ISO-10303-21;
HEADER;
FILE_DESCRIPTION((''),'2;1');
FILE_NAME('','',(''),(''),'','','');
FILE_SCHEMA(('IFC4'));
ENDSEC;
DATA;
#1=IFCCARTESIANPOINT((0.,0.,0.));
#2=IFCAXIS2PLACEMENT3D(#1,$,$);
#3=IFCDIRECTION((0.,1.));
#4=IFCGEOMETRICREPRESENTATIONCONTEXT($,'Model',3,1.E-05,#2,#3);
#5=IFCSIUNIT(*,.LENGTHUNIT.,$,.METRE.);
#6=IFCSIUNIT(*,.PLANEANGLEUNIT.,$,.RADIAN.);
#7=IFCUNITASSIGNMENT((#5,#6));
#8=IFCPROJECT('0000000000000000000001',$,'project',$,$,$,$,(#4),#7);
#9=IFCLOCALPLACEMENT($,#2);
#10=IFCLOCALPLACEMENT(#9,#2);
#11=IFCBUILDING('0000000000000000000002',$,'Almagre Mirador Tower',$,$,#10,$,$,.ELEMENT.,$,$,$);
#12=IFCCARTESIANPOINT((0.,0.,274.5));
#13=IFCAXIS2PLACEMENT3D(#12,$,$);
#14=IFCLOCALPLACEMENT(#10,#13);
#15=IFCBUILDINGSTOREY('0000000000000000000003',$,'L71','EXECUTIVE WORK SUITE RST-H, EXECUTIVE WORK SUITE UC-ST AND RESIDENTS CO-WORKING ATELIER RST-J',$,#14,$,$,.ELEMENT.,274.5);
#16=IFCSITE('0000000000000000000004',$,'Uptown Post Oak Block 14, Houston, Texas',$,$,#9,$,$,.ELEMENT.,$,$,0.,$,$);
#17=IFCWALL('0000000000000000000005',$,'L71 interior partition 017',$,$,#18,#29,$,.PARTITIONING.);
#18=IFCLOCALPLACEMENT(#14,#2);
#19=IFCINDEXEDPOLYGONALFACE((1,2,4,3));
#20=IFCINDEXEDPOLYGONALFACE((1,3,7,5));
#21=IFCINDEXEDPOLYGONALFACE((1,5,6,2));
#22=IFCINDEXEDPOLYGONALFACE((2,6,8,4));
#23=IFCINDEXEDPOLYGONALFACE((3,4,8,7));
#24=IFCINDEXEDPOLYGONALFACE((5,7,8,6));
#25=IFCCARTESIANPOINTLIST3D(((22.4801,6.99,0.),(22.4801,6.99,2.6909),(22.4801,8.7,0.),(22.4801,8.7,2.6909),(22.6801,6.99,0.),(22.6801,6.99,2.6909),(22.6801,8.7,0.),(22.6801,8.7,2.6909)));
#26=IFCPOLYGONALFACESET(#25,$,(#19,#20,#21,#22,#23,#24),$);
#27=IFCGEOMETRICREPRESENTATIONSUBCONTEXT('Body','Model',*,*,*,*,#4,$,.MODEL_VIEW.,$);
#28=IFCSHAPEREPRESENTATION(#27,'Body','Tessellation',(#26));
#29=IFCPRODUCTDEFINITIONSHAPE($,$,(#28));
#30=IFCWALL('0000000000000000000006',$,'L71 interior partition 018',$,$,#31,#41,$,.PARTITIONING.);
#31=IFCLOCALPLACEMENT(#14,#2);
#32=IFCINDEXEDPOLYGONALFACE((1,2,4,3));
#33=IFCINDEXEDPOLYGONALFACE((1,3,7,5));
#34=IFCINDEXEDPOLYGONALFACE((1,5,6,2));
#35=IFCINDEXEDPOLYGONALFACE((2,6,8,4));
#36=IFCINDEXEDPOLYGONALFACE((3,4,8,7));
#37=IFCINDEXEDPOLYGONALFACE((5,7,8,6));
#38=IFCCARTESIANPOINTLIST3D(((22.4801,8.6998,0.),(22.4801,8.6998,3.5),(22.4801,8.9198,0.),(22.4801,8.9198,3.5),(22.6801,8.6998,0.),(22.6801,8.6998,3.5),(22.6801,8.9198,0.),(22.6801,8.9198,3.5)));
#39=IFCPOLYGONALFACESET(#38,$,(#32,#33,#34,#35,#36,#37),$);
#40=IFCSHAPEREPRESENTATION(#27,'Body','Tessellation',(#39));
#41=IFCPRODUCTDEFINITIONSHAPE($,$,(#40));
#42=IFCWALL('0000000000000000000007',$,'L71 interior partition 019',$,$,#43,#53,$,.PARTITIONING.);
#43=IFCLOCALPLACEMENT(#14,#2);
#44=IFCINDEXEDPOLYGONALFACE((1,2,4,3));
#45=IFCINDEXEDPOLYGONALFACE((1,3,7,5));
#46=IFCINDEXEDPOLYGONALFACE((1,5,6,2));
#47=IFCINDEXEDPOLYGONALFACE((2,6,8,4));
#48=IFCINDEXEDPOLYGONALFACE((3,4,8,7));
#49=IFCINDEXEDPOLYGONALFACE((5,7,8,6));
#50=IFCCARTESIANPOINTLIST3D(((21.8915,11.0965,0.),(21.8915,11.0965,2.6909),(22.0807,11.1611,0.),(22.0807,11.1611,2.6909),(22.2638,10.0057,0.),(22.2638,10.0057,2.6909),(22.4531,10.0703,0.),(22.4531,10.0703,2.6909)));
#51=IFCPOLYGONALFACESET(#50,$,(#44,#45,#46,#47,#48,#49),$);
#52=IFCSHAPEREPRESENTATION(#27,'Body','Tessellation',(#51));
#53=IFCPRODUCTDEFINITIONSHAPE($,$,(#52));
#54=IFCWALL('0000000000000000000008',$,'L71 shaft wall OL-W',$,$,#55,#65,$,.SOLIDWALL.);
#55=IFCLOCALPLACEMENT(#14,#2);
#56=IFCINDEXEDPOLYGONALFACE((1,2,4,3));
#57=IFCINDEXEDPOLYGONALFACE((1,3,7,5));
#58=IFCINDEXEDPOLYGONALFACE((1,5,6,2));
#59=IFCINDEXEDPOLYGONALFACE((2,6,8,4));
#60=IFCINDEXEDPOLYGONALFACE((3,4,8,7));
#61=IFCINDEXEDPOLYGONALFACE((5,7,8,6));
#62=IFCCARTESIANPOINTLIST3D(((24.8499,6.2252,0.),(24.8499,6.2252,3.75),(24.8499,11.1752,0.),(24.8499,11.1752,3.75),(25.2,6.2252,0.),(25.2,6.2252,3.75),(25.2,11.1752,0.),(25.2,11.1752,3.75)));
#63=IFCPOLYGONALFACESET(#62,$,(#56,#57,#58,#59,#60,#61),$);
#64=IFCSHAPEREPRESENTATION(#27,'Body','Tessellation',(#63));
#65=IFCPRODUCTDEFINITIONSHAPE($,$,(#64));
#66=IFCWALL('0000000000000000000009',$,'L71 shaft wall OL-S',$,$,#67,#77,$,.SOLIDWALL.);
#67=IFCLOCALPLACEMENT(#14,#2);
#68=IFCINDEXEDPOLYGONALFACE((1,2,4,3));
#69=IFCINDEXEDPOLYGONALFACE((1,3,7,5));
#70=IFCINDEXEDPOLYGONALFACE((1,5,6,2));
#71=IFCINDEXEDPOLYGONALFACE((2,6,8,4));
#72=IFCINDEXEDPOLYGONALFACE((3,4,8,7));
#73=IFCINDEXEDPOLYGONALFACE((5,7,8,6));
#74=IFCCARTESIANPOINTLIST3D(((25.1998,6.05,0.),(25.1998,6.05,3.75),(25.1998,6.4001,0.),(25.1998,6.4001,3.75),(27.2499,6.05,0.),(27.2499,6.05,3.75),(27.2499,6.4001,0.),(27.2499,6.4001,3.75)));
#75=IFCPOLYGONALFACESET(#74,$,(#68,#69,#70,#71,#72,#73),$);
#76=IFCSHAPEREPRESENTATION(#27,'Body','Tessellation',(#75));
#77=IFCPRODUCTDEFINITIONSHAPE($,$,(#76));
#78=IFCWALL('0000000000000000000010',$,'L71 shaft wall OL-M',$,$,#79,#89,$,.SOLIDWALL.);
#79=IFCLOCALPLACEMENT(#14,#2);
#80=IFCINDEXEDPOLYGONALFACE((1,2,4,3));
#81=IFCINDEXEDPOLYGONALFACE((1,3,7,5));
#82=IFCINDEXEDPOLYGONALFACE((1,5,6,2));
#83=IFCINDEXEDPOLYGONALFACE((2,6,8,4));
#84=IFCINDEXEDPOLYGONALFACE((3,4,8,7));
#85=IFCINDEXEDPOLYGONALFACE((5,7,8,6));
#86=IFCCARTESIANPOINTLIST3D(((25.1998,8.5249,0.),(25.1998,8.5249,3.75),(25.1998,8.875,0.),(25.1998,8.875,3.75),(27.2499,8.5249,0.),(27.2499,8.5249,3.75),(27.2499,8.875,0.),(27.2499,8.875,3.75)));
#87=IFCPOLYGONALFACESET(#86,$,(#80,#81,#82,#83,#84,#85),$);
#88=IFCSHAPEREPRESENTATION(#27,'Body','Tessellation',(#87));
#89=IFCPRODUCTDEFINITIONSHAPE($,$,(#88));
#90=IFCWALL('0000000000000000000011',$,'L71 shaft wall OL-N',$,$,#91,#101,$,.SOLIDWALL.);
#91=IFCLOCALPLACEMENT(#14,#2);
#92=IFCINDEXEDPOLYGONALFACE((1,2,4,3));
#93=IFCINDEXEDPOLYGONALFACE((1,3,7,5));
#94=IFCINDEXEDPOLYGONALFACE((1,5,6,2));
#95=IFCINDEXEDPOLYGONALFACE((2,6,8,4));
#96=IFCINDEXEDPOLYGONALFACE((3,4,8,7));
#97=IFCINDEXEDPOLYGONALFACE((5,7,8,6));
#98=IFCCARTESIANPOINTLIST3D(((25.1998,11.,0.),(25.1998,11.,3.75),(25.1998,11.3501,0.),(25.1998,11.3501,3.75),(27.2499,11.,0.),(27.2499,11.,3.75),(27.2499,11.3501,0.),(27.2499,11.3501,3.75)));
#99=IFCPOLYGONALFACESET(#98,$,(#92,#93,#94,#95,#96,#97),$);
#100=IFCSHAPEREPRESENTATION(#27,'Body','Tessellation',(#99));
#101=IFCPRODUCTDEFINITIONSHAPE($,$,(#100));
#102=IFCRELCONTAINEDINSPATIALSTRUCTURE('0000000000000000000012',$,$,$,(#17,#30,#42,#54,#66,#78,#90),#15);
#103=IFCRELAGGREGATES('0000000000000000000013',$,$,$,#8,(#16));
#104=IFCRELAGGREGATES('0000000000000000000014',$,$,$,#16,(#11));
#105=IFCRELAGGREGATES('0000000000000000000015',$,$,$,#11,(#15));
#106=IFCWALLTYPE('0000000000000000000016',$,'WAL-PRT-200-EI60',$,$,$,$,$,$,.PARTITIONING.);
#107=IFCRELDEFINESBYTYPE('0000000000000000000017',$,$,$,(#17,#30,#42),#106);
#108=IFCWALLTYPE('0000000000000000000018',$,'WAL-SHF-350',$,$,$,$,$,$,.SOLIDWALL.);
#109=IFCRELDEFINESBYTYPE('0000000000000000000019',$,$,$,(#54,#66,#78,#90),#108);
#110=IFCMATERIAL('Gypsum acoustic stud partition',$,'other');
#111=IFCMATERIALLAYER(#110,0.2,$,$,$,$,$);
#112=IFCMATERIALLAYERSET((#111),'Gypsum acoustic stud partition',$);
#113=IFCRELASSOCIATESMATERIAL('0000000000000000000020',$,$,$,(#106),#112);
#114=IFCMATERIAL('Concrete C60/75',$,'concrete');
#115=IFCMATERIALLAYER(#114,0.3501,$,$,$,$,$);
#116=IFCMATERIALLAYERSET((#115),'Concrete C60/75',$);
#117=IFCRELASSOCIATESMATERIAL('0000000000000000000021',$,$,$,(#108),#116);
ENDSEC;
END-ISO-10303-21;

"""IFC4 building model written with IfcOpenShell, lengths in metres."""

from ifc_helpers import new_model, si_unit, direction, frame, frame_2d, origin, place, context, subcontext, project, spatial, rectangle, extrude, material, layer, layer_set, type_object, element, save


model = new_model("IFC4")

# Units and contexts
model_context = context("Model", 3, precision=1e-05, world=origin(), true_north=direction((0.0, 1.0)))
body_context = subcontext(model_context, "Body", "Model", "MODEL_VIEW")
ifc_project = project(units=[si_unit("LENGTHUNIT", "METRE"), si_unit("PLANEANGLEUNIT", "RADIAN")], contexts=[model_context])

# Site, building, storey
site_placement = place(None, origin())
site = spatial("IfcSite", under=ifc_project, at=site_placement, Name="Uptown Post Oak Block 14, Houston, Texas", CompositionType="ELEMENT", RefElevation=0.0)
building_placement = place(site_placement, origin())
building = spatial("IfcBuilding", under=site, at=building_placement, Name="Almagre Mirador Tower", CompositionType="ELEMENT")
storey_placement = place(building_placement, frame((0.0, 0.0, 274.5)))
storey = spatial("IfcBuildingStorey", under=building, at=storey_placement, Name="L71", Description="EXECUTIVE WORK SUITE RST-H, EXECUTIVE WORK SUITE UC-ST AND RESIDENTS CO-WORKING ATELIER RST-J", CompositionType="ELEMENT", Elevation=274.5)

# Walls
ifc_material_1 = material(Name="Gypsum acoustic stud partition", Category="other")
ifc_layer_1 = layer(ifc_material_1, 0.2)
ifc_layer_set_1 = layer_set([ifc_layer_1], Name="Gypsum acoustic stud partition")
wall_type_1 = type_object("IfcWallType", Name="WAL-PRT-200-EI60", PredefinedType="PARTITIONING", material=ifc_layer_set_1)
wall_1_placement = place(storey_placement, frame((22.5801, 6.99, 0.0), z_axis=(0.0, 0.0, 1.0), x_axis=(0.0, 1.0, 0.0)))
element("IfcWall", 1, at=wall_1_placement, inside=storey, type_object=wall_type_1, Name="L71 interior partition 017", PredefinedType="PARTITIONING", context=body_context, shape_type="SweptSolid", body=[
    extrude(rectangle(XDim=1.71, YDim=0.2, at=frame_2d((0.855, 0.0))), origin(), (0.0, 0.0, 1.0), 2.6909),
])
wall_2_placement = place(storey_placement, frame((22.5801, 8.7, 0.0), z_axis=(0.0, 0.0, 1.0), x_axis=(0.0, 1.0, 0.0)))
element("IfcWall", 2, at=wall_2_placement, inside=storey, type_object=wall_type_1, Name="L71 interior partition 018", PredefinedType="PARTITIONING", context=body_context, shape_type="SweptSolid", body=[
    extrude(rectangle(XDim=0.22, YDim=0.2, at=frame_2d((0.1099, 0.0))), origin(), (0.0, 0.0, 1.0), 3.5),
])
wall_3_placement = place(storey_placement, frame((22.3584, 10.0381, 0.0), z_axis=(0.0, 0.0, 1.0), x_axis=(-0.323019, 0.946393, 0.0)))
element("IfcWall", 3, at=wall_3_placement, inside=storey, type_object=wall_type_1, Name="L71 interior partition 019", PredefinedType="PARTITIONING", context=body_context, shape_type="SweptSolid", body=[
    extrude(rectangle(XDim=1.1526, YDim=0.2, at=frame_2d((0.5762, 0.0))), origin(), (0.0, 0.0, 1.0), 2.6909),
])
ifc_material_2 = material(Name="Concrete C60/75", Category="concrete")
ifc_layer_2 = layer(ifc_material_2, 0.3501)
ifc_layer_set_2 = layer_set([ifc_layer_2], Name="Concrete C60/75")
wall_type_2 = type_object("IfcWallType", Name="WAL-SHF-350", PredefinedType="SOLIDWALL", material=ifc_layer_set_2)
wall_4_placement = place(storey_placement, frame((25.0249, 6.2251, 0.0), z_axis=(0.0, 0.0, 1.0), x_axis=(0.0, 1.0, 0.0)))
element("IfcWall", 4, at=wall_4_placement, inside=storey, type_object=wall_type_2, Name="L71 shaft wall OL-W", PredefinedType="SOLIDWALL", context=body_context, shape_type="SweptSolid", body=[
    extrude(rectangle(XDim=4.95, YDim=0.3501, at=frame_2d((2.4751, 0.0))), origin(), (0.0, 0.0, 1.0), 3.75),
])
for number, where, z_axis, x_axis, name in (
    (5, (25.2, 6.2251, 0.0), (0.0, 0.0, 1.0), (1.0, 0.0, 0.0), "L71 shaft wall OL-S"),
    (6, (25.2, 8.7, 0.0), (0.0, 0.0, 1.0), (1.0, 0.0, 0.0), "L71 shaft wall OL-M"),
    (7, (25.2, 11.175, 0.0), (0.0, 0.0, 1.0), (1.0, 0.0, 0.0), "L71 shaft wall OL-N"),
):
    element("IfcWall", number, at=place(storey_placement, frame(where, z_axis=z_axis, x_axis=x_axis)), inside=storey, type_object=wall_type_2, Name=name, PredefinedType="SOLIDWALL", context=body_context, shape_type="SweptSolid", body=[
        extrude(rectangle(XDim=2.05, YDim=0.3501, at=frame_2d((1.0249, 0.0))), origin(), (0.0, 0.0, 1.0), 3.75),
    ])

save(model, "model.ifc")
